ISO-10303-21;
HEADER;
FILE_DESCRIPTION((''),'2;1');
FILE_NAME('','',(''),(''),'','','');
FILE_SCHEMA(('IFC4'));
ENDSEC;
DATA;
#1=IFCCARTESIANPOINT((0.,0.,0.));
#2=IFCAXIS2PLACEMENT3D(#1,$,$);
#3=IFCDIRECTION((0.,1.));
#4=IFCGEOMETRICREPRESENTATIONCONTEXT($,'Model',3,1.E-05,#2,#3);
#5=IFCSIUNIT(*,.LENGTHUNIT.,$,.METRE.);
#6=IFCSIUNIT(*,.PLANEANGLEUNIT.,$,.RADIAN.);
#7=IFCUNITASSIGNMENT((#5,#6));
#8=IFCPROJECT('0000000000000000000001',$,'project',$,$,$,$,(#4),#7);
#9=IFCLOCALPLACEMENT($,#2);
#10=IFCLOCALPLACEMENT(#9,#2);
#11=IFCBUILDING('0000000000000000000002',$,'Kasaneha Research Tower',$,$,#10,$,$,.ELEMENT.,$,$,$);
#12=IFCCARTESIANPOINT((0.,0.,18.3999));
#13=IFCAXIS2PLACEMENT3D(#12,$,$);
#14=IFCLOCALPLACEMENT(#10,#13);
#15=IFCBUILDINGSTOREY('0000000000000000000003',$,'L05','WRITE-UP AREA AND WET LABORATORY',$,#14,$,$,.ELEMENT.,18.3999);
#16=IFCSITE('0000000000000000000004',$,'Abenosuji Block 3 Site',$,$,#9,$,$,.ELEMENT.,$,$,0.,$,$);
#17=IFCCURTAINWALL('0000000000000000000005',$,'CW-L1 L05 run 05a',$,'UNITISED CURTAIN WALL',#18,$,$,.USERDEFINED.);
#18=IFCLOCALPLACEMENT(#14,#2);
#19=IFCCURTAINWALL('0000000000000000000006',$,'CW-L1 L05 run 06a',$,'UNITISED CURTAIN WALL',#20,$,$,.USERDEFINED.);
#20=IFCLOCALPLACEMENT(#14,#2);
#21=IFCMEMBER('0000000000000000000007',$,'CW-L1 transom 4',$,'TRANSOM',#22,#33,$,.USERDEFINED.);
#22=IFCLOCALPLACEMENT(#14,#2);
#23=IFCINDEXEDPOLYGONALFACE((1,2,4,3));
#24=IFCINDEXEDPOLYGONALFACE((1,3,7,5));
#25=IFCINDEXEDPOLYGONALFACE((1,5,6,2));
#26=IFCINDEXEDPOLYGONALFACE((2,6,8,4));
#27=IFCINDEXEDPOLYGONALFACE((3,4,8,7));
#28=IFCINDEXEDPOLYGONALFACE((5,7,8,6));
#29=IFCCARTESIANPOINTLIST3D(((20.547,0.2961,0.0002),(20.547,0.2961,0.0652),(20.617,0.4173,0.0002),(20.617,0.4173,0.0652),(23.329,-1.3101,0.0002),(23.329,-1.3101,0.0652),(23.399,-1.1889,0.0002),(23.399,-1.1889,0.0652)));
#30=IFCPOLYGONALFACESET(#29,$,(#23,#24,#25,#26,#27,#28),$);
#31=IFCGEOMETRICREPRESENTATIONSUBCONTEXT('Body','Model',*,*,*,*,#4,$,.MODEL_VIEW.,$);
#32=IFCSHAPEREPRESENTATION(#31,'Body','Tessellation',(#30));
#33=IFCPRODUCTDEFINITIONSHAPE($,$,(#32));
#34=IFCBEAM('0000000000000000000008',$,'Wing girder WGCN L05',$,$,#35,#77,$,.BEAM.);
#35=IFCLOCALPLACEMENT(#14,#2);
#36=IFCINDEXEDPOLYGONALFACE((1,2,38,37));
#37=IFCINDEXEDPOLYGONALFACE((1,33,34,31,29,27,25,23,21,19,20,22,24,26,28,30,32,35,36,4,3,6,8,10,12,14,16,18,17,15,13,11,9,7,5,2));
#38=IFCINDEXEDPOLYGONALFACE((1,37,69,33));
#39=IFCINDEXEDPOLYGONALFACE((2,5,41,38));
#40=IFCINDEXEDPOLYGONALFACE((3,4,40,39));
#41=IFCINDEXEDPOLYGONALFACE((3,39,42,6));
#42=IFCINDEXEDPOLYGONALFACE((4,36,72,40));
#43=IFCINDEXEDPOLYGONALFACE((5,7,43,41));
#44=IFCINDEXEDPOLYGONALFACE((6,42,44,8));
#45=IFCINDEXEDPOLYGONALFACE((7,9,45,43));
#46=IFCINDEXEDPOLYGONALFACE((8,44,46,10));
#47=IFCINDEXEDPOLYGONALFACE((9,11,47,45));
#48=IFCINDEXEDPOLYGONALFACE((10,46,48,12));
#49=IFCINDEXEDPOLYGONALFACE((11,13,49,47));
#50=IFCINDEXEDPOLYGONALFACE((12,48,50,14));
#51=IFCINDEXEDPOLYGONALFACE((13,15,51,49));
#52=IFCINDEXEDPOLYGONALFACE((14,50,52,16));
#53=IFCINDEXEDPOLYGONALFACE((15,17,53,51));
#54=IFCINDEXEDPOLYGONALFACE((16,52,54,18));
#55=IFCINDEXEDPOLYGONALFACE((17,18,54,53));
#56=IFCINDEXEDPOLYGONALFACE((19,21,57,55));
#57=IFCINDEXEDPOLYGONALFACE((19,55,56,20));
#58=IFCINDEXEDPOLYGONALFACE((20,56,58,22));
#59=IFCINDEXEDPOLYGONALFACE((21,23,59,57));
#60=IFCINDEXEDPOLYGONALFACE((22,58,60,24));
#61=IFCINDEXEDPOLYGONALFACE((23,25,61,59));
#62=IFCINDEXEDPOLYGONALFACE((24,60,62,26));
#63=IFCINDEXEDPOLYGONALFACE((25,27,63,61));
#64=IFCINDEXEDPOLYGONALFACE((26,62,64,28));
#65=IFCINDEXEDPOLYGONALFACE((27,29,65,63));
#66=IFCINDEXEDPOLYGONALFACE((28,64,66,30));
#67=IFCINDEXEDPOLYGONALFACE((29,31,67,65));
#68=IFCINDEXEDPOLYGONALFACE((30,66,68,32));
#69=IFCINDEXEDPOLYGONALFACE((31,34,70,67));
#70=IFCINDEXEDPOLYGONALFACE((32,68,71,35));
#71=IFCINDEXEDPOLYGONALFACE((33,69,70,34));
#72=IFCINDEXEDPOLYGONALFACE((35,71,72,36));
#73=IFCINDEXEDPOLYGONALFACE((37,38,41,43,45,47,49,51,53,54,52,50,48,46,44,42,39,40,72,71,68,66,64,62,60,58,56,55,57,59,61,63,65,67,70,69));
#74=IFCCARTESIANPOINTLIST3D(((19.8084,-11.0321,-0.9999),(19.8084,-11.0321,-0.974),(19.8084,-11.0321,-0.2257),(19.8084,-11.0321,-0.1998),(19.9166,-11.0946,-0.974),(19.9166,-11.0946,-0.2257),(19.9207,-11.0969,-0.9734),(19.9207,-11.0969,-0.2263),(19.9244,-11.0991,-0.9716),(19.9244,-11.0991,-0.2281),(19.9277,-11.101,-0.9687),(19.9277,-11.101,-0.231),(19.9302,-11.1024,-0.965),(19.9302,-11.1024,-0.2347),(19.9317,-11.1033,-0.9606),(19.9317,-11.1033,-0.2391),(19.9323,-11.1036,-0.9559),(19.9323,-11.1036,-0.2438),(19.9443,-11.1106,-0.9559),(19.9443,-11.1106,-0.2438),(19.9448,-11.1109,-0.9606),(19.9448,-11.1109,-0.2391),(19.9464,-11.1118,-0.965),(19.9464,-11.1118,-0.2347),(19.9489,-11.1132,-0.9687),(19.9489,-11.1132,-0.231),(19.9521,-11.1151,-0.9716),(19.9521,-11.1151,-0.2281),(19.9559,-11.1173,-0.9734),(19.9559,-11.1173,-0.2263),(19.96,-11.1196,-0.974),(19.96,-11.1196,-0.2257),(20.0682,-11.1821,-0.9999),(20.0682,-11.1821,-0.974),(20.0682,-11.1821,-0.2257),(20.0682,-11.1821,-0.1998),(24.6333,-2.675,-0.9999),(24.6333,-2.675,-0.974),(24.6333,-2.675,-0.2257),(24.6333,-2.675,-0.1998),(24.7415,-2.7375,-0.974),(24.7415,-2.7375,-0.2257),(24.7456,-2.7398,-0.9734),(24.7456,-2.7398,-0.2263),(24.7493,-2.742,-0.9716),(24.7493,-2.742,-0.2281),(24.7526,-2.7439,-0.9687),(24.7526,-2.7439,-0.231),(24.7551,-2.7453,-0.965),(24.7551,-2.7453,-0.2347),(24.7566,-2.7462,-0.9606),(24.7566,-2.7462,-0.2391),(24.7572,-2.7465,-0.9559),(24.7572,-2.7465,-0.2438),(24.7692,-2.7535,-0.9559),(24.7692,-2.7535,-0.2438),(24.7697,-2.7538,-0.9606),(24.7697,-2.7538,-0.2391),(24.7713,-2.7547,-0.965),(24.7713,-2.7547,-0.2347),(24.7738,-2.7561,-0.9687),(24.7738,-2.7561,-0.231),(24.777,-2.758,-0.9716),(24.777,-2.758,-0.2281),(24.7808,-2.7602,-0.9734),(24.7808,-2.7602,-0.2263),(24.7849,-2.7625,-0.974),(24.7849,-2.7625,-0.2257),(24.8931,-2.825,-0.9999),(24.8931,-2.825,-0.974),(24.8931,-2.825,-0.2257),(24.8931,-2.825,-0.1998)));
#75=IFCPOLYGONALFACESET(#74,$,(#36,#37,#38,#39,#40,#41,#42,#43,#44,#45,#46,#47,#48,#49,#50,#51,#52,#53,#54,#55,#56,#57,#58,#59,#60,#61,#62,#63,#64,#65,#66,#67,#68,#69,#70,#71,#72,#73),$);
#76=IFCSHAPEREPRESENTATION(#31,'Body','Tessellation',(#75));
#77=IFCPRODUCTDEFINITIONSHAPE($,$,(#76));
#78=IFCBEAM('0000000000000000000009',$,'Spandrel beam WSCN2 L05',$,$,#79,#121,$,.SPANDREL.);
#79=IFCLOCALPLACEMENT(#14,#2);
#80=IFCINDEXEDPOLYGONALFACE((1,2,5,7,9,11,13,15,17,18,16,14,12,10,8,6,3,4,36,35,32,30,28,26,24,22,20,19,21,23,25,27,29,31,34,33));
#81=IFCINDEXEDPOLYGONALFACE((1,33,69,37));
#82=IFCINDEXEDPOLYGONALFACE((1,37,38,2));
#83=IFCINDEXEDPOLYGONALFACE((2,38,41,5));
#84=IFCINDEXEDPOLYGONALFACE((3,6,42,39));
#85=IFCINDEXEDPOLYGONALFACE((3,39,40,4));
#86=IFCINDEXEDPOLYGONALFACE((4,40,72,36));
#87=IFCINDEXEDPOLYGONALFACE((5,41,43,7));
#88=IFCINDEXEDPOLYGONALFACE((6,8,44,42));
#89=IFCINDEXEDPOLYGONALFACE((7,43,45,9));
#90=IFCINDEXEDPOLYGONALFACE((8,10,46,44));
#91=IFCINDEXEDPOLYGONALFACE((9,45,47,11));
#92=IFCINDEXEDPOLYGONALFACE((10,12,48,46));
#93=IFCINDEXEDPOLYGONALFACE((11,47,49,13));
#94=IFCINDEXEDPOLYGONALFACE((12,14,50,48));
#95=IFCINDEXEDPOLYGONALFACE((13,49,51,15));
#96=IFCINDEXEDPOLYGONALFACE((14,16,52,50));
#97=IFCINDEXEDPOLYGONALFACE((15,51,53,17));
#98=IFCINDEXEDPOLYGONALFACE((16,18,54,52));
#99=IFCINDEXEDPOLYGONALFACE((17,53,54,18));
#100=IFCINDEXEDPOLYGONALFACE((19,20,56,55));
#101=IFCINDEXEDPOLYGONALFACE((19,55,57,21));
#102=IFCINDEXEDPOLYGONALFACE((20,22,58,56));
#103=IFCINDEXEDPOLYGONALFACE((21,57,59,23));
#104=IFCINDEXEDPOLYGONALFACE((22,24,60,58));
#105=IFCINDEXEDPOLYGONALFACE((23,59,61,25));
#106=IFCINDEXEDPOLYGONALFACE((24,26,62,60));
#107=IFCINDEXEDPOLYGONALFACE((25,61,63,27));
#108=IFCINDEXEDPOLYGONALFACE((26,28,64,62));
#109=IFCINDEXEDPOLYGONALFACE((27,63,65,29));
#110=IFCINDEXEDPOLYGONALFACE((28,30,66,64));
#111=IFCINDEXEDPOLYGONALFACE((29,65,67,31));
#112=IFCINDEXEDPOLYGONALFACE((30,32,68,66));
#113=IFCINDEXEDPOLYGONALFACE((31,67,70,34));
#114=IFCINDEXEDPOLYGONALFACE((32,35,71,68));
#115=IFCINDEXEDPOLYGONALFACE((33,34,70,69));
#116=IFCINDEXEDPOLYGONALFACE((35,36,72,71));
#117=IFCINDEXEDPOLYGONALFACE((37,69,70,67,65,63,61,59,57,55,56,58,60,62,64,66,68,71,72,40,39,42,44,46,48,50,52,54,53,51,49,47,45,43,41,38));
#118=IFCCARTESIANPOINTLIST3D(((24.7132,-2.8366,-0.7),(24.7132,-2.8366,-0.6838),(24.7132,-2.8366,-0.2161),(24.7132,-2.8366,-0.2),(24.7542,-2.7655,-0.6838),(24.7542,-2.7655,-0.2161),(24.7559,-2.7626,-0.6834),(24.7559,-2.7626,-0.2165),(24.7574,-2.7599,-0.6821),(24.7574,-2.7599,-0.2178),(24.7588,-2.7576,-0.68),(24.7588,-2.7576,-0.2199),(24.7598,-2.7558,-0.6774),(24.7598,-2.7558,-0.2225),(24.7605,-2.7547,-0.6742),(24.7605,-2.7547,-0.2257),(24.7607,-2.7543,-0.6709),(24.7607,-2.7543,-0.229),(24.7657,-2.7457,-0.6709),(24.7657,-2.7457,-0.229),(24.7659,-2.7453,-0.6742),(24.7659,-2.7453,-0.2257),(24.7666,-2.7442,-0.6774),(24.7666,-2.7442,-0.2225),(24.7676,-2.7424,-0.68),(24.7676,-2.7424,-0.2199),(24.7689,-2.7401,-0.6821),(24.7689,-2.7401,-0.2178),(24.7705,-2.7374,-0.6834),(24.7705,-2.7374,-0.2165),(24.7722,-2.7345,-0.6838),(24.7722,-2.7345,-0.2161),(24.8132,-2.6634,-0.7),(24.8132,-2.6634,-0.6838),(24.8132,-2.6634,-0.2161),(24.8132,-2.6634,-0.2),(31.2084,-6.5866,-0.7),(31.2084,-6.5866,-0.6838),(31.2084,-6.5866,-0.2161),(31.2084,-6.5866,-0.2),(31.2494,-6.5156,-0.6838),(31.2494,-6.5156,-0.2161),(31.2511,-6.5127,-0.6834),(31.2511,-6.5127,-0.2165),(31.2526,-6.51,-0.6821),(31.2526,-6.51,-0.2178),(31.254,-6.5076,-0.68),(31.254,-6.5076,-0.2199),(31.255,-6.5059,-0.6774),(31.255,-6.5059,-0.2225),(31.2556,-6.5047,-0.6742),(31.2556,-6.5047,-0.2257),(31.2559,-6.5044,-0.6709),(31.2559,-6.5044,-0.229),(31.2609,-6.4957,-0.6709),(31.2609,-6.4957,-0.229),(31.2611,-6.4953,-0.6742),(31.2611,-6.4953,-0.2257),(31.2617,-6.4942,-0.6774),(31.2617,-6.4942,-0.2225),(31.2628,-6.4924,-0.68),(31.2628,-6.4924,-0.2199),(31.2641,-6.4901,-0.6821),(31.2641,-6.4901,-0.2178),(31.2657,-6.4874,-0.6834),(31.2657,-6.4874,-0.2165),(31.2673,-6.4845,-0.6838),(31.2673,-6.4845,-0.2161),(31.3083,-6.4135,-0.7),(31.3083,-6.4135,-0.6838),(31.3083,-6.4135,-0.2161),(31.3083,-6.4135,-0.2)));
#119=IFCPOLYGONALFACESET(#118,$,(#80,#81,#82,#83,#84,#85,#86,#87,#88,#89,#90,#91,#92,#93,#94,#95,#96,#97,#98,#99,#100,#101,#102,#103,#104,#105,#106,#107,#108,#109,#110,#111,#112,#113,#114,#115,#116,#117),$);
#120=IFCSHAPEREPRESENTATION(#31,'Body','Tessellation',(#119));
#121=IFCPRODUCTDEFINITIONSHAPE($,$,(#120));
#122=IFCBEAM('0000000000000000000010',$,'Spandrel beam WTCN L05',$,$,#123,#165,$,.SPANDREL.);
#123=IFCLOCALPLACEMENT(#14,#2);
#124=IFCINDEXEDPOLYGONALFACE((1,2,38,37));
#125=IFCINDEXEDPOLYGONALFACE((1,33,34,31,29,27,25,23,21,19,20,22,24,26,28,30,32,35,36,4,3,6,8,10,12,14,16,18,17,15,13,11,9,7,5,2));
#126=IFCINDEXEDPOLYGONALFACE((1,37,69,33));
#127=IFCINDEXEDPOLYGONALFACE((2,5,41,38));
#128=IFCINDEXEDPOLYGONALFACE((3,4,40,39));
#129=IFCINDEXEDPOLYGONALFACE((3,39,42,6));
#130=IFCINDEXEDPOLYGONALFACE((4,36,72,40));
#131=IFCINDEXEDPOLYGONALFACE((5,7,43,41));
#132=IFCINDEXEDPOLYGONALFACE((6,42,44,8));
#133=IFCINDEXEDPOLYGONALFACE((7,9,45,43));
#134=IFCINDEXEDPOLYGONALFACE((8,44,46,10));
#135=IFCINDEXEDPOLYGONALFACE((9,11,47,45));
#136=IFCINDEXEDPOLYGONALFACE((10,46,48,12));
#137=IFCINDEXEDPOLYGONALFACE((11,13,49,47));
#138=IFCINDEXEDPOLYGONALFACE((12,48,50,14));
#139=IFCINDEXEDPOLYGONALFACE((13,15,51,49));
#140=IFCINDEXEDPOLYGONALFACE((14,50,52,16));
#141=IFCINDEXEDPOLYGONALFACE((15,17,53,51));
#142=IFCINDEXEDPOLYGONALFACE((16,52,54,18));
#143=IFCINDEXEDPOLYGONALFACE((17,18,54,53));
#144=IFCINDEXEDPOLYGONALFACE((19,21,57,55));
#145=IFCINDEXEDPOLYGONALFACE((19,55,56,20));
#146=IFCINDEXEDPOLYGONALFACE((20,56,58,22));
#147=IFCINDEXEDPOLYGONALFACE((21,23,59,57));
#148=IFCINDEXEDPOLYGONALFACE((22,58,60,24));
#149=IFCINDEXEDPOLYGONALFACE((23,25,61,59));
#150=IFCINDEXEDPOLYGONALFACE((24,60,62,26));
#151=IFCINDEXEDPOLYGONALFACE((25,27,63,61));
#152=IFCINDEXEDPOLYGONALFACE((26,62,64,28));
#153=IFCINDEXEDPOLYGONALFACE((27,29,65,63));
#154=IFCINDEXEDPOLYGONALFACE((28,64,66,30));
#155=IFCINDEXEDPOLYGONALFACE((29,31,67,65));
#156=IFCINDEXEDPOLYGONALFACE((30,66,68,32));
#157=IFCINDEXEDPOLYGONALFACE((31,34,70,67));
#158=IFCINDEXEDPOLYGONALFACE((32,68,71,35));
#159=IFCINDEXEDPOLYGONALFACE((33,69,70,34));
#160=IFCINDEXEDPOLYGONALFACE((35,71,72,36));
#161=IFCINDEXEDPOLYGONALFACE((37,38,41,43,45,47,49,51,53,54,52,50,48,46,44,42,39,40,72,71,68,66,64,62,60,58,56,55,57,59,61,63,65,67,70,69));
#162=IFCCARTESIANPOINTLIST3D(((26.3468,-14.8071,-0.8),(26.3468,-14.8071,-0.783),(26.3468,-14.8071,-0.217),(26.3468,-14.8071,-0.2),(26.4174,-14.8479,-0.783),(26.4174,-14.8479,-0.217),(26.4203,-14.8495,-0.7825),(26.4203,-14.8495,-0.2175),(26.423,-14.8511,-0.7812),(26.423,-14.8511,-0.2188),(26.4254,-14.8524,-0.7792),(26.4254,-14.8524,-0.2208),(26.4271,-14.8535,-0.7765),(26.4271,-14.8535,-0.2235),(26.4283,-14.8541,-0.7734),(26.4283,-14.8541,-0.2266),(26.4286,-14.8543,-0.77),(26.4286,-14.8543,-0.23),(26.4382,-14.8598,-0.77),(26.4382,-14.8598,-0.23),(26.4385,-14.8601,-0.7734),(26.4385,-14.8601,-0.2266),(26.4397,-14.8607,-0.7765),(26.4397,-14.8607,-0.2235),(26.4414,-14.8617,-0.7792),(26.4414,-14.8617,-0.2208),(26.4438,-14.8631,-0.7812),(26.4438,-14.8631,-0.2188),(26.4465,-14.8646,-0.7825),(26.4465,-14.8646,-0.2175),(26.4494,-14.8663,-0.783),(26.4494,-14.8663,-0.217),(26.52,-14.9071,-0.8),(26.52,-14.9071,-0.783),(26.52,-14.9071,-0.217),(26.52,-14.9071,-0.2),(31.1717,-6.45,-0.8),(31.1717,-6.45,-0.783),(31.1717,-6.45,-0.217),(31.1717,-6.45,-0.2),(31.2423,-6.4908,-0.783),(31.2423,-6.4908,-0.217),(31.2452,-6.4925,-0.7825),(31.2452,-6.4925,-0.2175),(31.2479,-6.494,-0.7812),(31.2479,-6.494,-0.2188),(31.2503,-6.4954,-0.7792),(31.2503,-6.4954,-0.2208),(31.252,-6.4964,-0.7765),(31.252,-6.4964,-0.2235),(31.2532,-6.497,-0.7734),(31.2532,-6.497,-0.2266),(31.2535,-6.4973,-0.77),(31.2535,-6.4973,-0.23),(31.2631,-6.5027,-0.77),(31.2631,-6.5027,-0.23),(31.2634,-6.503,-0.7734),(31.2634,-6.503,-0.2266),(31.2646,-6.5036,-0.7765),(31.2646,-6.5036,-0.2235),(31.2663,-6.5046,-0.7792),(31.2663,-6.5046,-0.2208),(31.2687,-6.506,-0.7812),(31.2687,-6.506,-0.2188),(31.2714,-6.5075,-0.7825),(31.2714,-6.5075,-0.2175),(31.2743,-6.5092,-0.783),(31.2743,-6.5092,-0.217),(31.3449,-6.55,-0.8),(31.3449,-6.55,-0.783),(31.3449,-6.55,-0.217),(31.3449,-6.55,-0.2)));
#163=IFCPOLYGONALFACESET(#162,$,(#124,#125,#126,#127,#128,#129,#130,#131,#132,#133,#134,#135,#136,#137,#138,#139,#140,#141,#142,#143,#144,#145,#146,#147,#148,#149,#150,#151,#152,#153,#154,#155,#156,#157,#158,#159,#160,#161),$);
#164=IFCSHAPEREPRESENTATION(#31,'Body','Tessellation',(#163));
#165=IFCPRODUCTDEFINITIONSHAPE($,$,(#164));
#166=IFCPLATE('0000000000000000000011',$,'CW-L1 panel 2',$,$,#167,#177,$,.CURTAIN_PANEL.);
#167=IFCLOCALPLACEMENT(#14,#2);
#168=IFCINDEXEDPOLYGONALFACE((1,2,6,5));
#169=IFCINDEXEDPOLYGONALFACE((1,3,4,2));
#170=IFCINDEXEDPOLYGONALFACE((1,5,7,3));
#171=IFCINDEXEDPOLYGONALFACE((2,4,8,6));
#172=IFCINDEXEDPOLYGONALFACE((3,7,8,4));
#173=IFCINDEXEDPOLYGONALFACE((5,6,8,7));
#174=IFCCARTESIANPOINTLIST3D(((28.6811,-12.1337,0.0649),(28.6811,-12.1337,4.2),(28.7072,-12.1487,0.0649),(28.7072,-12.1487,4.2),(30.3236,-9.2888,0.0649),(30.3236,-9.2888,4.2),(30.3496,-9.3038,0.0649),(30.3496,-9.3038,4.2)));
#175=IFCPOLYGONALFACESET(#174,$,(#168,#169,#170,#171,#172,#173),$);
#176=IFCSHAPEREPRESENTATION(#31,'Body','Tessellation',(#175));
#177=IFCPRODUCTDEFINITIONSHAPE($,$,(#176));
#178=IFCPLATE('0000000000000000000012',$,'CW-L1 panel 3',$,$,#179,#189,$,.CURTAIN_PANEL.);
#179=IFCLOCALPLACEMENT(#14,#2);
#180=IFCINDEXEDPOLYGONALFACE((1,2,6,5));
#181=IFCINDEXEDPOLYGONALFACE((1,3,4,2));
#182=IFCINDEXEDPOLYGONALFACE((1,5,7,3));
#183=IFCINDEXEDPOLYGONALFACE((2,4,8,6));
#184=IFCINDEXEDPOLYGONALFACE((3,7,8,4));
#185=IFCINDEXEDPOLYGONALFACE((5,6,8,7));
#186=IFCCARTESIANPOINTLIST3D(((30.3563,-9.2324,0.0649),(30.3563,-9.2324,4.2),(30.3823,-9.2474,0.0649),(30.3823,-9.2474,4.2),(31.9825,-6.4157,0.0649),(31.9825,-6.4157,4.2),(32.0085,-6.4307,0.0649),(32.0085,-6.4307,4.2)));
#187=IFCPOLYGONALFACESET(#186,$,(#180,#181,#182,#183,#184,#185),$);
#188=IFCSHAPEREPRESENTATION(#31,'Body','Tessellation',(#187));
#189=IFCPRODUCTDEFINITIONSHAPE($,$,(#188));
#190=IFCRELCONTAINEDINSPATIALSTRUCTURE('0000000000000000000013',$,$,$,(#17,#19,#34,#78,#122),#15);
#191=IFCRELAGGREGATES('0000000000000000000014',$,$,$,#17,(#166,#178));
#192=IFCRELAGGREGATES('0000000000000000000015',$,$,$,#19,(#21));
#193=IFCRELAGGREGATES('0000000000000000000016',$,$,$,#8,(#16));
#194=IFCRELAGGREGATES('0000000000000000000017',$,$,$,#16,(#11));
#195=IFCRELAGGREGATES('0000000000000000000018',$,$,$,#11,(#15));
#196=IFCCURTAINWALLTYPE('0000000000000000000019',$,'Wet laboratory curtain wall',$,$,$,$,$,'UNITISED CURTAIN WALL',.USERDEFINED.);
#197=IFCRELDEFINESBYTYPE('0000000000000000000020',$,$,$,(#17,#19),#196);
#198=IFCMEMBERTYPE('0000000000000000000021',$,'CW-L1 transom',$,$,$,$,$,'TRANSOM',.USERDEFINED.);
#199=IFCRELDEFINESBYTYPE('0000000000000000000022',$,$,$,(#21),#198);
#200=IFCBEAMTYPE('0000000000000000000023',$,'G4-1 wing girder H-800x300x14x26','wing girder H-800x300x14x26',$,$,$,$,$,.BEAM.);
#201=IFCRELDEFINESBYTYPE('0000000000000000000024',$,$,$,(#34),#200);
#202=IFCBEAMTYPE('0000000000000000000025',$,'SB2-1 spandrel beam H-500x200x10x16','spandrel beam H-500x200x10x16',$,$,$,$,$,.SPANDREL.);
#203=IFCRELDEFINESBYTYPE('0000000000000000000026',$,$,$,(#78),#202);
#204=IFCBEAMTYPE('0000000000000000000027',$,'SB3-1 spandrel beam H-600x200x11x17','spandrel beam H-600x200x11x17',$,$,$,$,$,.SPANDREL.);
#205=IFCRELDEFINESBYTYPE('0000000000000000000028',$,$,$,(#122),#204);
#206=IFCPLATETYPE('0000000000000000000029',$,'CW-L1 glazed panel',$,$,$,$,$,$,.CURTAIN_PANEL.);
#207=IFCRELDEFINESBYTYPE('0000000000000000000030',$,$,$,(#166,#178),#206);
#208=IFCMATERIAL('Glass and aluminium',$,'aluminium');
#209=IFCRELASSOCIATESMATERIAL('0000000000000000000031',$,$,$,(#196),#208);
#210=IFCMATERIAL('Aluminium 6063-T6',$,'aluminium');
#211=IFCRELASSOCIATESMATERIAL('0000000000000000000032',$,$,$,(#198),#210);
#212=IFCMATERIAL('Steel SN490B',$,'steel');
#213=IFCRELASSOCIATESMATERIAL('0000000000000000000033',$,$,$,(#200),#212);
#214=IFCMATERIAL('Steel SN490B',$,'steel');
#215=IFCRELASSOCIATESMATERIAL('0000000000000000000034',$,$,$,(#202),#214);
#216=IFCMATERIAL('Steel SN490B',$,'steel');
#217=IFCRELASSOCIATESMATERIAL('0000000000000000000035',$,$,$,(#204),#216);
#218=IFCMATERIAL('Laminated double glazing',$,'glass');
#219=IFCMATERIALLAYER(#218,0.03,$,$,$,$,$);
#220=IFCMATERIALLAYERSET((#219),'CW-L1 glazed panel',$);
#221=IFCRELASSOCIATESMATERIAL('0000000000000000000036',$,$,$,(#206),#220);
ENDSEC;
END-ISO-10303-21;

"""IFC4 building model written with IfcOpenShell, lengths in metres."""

from ifc_helpers import new_model, si_unit, direction, frame, origin, origin_2d, place, context, subcontext, project, spatial, rectangle, i_section, extrude, material, layer, layer_set, material_profile, profile_set, type_object, element, aggregate, save


model = new_model("IFC4")

# Units and contexts
model_context = context("Model", 3, precision=1e-05, world=origin(), true_north=direction((0.0, 1.0)))
body_context = subcontext(model_context, "Body", "Model", "MODEL_VIEW")
ifc_project = project(units=[si_unit("LENGTHUNIT", "METRE"), si_unit("PLANEANGLEUNIT", "RADIAN")], contexts=[model_context])

# Site, building, storey
site_placement = place(None, origin())
site = spatial("IfcSite", under=ifc_project, at=site_placement, Name="Abenosuji Block 3 Site", CompositionType="ELEMENT", RefElevation=0.0)
building_placement = place(site_placement, origin())
building = spatial("IfcBuilding", under=site, at=building_placement, Name="Kasaneha Research Tower", CompositionType="ELEMENT")
storey_placement = place(building_placement, frame((0.0, 0.0, 18.3999)))
storey = spatial("IfcBuildingStorey", under=building, at=storey_placement, Name="L05", Description="WRITE-UP AREA AND WET LABORATORY", CompositionType="ELEMENT", Elevation=18.3999)

# Curtain walls
ifc_material_1 = material(Name="Glass and aluminium", Category="aluminium")
curtain_wall_type = type_object("IfcCurtainWallType", Name="Wet laboratory curtain wall", ElementType="UNITISED CURTAIN WALL", PredefinedType="USERDEFINED", material=ifc_material_1)
curtain_wall_1_placement = place(storey_placement, origin())
curtain_wall_1 = element("IfcCurtainWall", 1, at=curtain_wall_1_placement, inside=storey, type_object=curtain_wall_type, Name="CW-L1 L05 run 05a", ObjectType="UNITISED CURTAIN WALL", PredefinedType="USERDEFINED")
curtain_wall_2_placement = place(storey_placement, origin())
curtain_wall_2 = element("IfcCurtainWall", 2, at=curtain_wall_2_placement, inside=storey, type_object=curtain_wall_type, Name="CW-L1 L05 run 06a", ObjectType="UNITISED CURTAIN WALL", PredefinedType="USERDEFINED")

# Member
ifc_material_2 = material(Name="Aluminium 6063-T6", Category="aluminium")
ifc_material_profile_1 = material_profile(ifc_material_2, rectangle(XDim=0.1399, YDim=0.0649, at=origin_2d()), Name="CW-L1 transom 140x65")
ifc_profile_set_1 = profile_set([ifc_material_profile_1], Name="Aluminium 6063-T6")
member_type_1 = type_object("IfcMemberType", Name="CW-L1 transom", ElementType="TRANSOM", PredefinedType="USERDEFINED", material=ifc_profile_set_1)
member_1_placement = place(storey_placement, frame((23.364, -1.2495, 0.0327), z_axis=(-0.866022, 0.500005, 0.0), x_axis=(-0.500005, -0.866022, 0.0)))
member_1 = element("IfcMember", 3, at=member_1_placement, type_object=member_type_1, Name="CW-L1 transom 4", ObjectType="TRANSOM", PredefinedType="USERDEFINED", context=body_context, shape_type="SweptSolid", body=[
    extrude(rectangle(XDim=0.1399, YDim=0.0649, at=origin_2d()), origin(), (0.0, 0.0, 1.0), 3.2124),
])

# Beams
ifc_material_3 = material(Name="Steel SN490B", Category="steel")
ifc_material_profile_2 = material_profile(ifc_material_3, i_section(OverallWidth=0.3, OverallDepth=0.8, WebThickness=0.0139, FlangeThickness=0.0259, FilletRadius=0.0181, at=origin_2d()), Name="H-800x300x14x26")
ifc_profile_set_2 = profile_set([ifc_material_profile_2], Name="Steel SN490B")
beam_type_1 = type_object("IfcBeamType", Name="G4-1 wing girder H-800x300x14x26", Description="wing girder H-800x300x14x26", PredefinedType="BEAM", material=ifc_profile_set_2)
beam_1_placement = place(storey_placement, frame((24.7632, -2.75, -0.5999), z_axis=(-0.499995, -0.866028, 0.0), x_axis=(0.866028, -0.499995, 0.0)))
element("IfcBeam", 4, at=beam_1_placement, inside=storey, type_object=beam_type_1, Name="Wing girder WGCN L05", PredefinedType="BEAM", context=body_context, shape_type="SweptSolid", body=[
    extrude(i_section(OverallWidth=0.3, OverallDepth=0.8, WebThickness=0.0139, FlangeThickness=0.0259, FilletRadius=0.0181, at=origin_2d()), origin(), (0.0, 0.0, 1.0), 9.6499),
])
ifc_material_4 = material(Name="Steel SN490B", Category="steel")
ifc_material_profile_3 = material_profile(ifc_material_4, i_section(OverallWidth=0.2, OverallDepth=0.5, WebThickness=0.01, FlangeThickness=0.0161, FilletRadius=0.0129, at=origin_2d()), Name="H-500x200x10x16")
ifc_profile_set_3 = profile_set([ifc_material_profile_3], Name="Steel SN490B")
beam_type_2 = type_object("IfcBeamType", Name="SB2-1 spandrel beam H-500x200x10x16", Description="spandrel beam H-500x200x10x16", PredefinedType="SPANDREL", material=ifc_profile_set_3)
beam_2_placement = place(storey_placement, frame((24.7632, -2.75, -0.45), z_axis=(0.866023, -0.500004, 0.0), x_axis=(0.500004, 0.866023, 0.0)))
element("IfcBeam", 5, at=beam_2_placement, inside=storey, type_object=beam_type_2, Name="Spandrel beam WSCN2 L05", PredefinedType="SPANDREL", context=body_context, shape_type="SweptSolid", body=[
    extrude(i_section(OverallWidth=0.2, OverallDepth=0.5, WebThickness=0.01, FlangeThickness=0.0161, FilletRadius=0.0129, at=origin_2d()), origin(), (0.0, 0.0, 1.0), 7.5),
])
ifc_material_5 = material(Name="Steel SN490B", Category="steel")
ifc_material_profile_4 = material_profile(ifc_material_5, i_section(OverallWidth=0.2, OverallDepth=0.6001, WebThickness=0.011, FlangeThickness=0.0171, FilletRadius=0.0129, at=origin_2d()), Name="H-600x200x11x17")
ifc_profile_set_4 = profile_set([ifc_material_profile_4], Name="Steel SN490B")
beam_type_3 = type_object("IfcBeamType", Name="SB3-1 spandrel beam H-600x200x11x17", Description="spandrel beam H-600x200x11x17", PredefinedType="SPANDREL", material=ifc_profile_set_4)
beam_3_placement = place(storey_placement, frame((31.2583, -6.5, -0.5), z_axis=(-0.499995, -0.866028, 0.0), x_axis=(0.866028, -0.499995, 0.0)))
element("IfcBeam", 6, at=beam_3_placement, inside=storey, type_object=beam_type_3, Name="Spandrel beam WTCN L05", PredefinedType="SPANDREL", context=body_context, shape_type="SweptSolid", body=[
    extrude(i_section(OverallWidth=0.2, OverallDepth=0.6001, WebThickness=0.011, FlangeThickness=0.0171, FilletRadius=0.0129, at=origin_2d()), origin(), (0.0, 0.0, 1.0), 9.6499),
])

# Plates
ifc_material_6 = material(Name="Laminated double glazing", Category="glass")
ifc_layer_1 = layer(ifc_material_6, 0.03)
ifc_layer_set_1 = layer_set([ifc_layer_1], Name="CW-L1 glazed panel")
plate_type = type_object("IfcPlateType", Name="CW-L1 glazed panel", PredefinedType="CURTAIN_PANEL", material=ifc_layer_set_1)
plate_1_placement = place(storey_placement, frame((29.5154, -10.7188, 0.0649), z_axis=(0.0, 0.0, 1.0), x_axis=(0.5, 0.866025, 0.0)))
plate_1 = element("IfcPlate", 7, at=plate_1_placement, type_object=plate_type, Name="CW-L1 panel 2", PredefinedType="CURTAIN_PANEL", context=body_context, shape_type="SweptSolid", body=[
    extrude(rectangle(XDim=3.2849, YDim=0.03, at=origin_2d()), origin(), (0.0, 0.0, 1.0), 4.135),
])
plate_2_placement = place(storey_placement, frame((31.1824, -7.8315, 0.0649), z_axis=(0.0, 0.0, 1.0), x_axis=(0.5, 0.866025, 0.0)))
plate_2 = element("IfcPlate", 8, at=plate_2_placement, type_object=plate_type, Name="CW-L1 panel 3", PredefinedType="CURTAIN_PANEL", context=body_context, shape_type="SweptSolid", body=[
    extrude(rectangle(XDim=3.2524, YDim=0.03, at=origin_2d()), origin(), (0.0, 0.0, 1.0), 4.135),
])
aggregate(curtain_wall_1, [plate_1, plate_2])
aggregate(curtain_wall_2, [member_1])

save(model, "model.ifc")
